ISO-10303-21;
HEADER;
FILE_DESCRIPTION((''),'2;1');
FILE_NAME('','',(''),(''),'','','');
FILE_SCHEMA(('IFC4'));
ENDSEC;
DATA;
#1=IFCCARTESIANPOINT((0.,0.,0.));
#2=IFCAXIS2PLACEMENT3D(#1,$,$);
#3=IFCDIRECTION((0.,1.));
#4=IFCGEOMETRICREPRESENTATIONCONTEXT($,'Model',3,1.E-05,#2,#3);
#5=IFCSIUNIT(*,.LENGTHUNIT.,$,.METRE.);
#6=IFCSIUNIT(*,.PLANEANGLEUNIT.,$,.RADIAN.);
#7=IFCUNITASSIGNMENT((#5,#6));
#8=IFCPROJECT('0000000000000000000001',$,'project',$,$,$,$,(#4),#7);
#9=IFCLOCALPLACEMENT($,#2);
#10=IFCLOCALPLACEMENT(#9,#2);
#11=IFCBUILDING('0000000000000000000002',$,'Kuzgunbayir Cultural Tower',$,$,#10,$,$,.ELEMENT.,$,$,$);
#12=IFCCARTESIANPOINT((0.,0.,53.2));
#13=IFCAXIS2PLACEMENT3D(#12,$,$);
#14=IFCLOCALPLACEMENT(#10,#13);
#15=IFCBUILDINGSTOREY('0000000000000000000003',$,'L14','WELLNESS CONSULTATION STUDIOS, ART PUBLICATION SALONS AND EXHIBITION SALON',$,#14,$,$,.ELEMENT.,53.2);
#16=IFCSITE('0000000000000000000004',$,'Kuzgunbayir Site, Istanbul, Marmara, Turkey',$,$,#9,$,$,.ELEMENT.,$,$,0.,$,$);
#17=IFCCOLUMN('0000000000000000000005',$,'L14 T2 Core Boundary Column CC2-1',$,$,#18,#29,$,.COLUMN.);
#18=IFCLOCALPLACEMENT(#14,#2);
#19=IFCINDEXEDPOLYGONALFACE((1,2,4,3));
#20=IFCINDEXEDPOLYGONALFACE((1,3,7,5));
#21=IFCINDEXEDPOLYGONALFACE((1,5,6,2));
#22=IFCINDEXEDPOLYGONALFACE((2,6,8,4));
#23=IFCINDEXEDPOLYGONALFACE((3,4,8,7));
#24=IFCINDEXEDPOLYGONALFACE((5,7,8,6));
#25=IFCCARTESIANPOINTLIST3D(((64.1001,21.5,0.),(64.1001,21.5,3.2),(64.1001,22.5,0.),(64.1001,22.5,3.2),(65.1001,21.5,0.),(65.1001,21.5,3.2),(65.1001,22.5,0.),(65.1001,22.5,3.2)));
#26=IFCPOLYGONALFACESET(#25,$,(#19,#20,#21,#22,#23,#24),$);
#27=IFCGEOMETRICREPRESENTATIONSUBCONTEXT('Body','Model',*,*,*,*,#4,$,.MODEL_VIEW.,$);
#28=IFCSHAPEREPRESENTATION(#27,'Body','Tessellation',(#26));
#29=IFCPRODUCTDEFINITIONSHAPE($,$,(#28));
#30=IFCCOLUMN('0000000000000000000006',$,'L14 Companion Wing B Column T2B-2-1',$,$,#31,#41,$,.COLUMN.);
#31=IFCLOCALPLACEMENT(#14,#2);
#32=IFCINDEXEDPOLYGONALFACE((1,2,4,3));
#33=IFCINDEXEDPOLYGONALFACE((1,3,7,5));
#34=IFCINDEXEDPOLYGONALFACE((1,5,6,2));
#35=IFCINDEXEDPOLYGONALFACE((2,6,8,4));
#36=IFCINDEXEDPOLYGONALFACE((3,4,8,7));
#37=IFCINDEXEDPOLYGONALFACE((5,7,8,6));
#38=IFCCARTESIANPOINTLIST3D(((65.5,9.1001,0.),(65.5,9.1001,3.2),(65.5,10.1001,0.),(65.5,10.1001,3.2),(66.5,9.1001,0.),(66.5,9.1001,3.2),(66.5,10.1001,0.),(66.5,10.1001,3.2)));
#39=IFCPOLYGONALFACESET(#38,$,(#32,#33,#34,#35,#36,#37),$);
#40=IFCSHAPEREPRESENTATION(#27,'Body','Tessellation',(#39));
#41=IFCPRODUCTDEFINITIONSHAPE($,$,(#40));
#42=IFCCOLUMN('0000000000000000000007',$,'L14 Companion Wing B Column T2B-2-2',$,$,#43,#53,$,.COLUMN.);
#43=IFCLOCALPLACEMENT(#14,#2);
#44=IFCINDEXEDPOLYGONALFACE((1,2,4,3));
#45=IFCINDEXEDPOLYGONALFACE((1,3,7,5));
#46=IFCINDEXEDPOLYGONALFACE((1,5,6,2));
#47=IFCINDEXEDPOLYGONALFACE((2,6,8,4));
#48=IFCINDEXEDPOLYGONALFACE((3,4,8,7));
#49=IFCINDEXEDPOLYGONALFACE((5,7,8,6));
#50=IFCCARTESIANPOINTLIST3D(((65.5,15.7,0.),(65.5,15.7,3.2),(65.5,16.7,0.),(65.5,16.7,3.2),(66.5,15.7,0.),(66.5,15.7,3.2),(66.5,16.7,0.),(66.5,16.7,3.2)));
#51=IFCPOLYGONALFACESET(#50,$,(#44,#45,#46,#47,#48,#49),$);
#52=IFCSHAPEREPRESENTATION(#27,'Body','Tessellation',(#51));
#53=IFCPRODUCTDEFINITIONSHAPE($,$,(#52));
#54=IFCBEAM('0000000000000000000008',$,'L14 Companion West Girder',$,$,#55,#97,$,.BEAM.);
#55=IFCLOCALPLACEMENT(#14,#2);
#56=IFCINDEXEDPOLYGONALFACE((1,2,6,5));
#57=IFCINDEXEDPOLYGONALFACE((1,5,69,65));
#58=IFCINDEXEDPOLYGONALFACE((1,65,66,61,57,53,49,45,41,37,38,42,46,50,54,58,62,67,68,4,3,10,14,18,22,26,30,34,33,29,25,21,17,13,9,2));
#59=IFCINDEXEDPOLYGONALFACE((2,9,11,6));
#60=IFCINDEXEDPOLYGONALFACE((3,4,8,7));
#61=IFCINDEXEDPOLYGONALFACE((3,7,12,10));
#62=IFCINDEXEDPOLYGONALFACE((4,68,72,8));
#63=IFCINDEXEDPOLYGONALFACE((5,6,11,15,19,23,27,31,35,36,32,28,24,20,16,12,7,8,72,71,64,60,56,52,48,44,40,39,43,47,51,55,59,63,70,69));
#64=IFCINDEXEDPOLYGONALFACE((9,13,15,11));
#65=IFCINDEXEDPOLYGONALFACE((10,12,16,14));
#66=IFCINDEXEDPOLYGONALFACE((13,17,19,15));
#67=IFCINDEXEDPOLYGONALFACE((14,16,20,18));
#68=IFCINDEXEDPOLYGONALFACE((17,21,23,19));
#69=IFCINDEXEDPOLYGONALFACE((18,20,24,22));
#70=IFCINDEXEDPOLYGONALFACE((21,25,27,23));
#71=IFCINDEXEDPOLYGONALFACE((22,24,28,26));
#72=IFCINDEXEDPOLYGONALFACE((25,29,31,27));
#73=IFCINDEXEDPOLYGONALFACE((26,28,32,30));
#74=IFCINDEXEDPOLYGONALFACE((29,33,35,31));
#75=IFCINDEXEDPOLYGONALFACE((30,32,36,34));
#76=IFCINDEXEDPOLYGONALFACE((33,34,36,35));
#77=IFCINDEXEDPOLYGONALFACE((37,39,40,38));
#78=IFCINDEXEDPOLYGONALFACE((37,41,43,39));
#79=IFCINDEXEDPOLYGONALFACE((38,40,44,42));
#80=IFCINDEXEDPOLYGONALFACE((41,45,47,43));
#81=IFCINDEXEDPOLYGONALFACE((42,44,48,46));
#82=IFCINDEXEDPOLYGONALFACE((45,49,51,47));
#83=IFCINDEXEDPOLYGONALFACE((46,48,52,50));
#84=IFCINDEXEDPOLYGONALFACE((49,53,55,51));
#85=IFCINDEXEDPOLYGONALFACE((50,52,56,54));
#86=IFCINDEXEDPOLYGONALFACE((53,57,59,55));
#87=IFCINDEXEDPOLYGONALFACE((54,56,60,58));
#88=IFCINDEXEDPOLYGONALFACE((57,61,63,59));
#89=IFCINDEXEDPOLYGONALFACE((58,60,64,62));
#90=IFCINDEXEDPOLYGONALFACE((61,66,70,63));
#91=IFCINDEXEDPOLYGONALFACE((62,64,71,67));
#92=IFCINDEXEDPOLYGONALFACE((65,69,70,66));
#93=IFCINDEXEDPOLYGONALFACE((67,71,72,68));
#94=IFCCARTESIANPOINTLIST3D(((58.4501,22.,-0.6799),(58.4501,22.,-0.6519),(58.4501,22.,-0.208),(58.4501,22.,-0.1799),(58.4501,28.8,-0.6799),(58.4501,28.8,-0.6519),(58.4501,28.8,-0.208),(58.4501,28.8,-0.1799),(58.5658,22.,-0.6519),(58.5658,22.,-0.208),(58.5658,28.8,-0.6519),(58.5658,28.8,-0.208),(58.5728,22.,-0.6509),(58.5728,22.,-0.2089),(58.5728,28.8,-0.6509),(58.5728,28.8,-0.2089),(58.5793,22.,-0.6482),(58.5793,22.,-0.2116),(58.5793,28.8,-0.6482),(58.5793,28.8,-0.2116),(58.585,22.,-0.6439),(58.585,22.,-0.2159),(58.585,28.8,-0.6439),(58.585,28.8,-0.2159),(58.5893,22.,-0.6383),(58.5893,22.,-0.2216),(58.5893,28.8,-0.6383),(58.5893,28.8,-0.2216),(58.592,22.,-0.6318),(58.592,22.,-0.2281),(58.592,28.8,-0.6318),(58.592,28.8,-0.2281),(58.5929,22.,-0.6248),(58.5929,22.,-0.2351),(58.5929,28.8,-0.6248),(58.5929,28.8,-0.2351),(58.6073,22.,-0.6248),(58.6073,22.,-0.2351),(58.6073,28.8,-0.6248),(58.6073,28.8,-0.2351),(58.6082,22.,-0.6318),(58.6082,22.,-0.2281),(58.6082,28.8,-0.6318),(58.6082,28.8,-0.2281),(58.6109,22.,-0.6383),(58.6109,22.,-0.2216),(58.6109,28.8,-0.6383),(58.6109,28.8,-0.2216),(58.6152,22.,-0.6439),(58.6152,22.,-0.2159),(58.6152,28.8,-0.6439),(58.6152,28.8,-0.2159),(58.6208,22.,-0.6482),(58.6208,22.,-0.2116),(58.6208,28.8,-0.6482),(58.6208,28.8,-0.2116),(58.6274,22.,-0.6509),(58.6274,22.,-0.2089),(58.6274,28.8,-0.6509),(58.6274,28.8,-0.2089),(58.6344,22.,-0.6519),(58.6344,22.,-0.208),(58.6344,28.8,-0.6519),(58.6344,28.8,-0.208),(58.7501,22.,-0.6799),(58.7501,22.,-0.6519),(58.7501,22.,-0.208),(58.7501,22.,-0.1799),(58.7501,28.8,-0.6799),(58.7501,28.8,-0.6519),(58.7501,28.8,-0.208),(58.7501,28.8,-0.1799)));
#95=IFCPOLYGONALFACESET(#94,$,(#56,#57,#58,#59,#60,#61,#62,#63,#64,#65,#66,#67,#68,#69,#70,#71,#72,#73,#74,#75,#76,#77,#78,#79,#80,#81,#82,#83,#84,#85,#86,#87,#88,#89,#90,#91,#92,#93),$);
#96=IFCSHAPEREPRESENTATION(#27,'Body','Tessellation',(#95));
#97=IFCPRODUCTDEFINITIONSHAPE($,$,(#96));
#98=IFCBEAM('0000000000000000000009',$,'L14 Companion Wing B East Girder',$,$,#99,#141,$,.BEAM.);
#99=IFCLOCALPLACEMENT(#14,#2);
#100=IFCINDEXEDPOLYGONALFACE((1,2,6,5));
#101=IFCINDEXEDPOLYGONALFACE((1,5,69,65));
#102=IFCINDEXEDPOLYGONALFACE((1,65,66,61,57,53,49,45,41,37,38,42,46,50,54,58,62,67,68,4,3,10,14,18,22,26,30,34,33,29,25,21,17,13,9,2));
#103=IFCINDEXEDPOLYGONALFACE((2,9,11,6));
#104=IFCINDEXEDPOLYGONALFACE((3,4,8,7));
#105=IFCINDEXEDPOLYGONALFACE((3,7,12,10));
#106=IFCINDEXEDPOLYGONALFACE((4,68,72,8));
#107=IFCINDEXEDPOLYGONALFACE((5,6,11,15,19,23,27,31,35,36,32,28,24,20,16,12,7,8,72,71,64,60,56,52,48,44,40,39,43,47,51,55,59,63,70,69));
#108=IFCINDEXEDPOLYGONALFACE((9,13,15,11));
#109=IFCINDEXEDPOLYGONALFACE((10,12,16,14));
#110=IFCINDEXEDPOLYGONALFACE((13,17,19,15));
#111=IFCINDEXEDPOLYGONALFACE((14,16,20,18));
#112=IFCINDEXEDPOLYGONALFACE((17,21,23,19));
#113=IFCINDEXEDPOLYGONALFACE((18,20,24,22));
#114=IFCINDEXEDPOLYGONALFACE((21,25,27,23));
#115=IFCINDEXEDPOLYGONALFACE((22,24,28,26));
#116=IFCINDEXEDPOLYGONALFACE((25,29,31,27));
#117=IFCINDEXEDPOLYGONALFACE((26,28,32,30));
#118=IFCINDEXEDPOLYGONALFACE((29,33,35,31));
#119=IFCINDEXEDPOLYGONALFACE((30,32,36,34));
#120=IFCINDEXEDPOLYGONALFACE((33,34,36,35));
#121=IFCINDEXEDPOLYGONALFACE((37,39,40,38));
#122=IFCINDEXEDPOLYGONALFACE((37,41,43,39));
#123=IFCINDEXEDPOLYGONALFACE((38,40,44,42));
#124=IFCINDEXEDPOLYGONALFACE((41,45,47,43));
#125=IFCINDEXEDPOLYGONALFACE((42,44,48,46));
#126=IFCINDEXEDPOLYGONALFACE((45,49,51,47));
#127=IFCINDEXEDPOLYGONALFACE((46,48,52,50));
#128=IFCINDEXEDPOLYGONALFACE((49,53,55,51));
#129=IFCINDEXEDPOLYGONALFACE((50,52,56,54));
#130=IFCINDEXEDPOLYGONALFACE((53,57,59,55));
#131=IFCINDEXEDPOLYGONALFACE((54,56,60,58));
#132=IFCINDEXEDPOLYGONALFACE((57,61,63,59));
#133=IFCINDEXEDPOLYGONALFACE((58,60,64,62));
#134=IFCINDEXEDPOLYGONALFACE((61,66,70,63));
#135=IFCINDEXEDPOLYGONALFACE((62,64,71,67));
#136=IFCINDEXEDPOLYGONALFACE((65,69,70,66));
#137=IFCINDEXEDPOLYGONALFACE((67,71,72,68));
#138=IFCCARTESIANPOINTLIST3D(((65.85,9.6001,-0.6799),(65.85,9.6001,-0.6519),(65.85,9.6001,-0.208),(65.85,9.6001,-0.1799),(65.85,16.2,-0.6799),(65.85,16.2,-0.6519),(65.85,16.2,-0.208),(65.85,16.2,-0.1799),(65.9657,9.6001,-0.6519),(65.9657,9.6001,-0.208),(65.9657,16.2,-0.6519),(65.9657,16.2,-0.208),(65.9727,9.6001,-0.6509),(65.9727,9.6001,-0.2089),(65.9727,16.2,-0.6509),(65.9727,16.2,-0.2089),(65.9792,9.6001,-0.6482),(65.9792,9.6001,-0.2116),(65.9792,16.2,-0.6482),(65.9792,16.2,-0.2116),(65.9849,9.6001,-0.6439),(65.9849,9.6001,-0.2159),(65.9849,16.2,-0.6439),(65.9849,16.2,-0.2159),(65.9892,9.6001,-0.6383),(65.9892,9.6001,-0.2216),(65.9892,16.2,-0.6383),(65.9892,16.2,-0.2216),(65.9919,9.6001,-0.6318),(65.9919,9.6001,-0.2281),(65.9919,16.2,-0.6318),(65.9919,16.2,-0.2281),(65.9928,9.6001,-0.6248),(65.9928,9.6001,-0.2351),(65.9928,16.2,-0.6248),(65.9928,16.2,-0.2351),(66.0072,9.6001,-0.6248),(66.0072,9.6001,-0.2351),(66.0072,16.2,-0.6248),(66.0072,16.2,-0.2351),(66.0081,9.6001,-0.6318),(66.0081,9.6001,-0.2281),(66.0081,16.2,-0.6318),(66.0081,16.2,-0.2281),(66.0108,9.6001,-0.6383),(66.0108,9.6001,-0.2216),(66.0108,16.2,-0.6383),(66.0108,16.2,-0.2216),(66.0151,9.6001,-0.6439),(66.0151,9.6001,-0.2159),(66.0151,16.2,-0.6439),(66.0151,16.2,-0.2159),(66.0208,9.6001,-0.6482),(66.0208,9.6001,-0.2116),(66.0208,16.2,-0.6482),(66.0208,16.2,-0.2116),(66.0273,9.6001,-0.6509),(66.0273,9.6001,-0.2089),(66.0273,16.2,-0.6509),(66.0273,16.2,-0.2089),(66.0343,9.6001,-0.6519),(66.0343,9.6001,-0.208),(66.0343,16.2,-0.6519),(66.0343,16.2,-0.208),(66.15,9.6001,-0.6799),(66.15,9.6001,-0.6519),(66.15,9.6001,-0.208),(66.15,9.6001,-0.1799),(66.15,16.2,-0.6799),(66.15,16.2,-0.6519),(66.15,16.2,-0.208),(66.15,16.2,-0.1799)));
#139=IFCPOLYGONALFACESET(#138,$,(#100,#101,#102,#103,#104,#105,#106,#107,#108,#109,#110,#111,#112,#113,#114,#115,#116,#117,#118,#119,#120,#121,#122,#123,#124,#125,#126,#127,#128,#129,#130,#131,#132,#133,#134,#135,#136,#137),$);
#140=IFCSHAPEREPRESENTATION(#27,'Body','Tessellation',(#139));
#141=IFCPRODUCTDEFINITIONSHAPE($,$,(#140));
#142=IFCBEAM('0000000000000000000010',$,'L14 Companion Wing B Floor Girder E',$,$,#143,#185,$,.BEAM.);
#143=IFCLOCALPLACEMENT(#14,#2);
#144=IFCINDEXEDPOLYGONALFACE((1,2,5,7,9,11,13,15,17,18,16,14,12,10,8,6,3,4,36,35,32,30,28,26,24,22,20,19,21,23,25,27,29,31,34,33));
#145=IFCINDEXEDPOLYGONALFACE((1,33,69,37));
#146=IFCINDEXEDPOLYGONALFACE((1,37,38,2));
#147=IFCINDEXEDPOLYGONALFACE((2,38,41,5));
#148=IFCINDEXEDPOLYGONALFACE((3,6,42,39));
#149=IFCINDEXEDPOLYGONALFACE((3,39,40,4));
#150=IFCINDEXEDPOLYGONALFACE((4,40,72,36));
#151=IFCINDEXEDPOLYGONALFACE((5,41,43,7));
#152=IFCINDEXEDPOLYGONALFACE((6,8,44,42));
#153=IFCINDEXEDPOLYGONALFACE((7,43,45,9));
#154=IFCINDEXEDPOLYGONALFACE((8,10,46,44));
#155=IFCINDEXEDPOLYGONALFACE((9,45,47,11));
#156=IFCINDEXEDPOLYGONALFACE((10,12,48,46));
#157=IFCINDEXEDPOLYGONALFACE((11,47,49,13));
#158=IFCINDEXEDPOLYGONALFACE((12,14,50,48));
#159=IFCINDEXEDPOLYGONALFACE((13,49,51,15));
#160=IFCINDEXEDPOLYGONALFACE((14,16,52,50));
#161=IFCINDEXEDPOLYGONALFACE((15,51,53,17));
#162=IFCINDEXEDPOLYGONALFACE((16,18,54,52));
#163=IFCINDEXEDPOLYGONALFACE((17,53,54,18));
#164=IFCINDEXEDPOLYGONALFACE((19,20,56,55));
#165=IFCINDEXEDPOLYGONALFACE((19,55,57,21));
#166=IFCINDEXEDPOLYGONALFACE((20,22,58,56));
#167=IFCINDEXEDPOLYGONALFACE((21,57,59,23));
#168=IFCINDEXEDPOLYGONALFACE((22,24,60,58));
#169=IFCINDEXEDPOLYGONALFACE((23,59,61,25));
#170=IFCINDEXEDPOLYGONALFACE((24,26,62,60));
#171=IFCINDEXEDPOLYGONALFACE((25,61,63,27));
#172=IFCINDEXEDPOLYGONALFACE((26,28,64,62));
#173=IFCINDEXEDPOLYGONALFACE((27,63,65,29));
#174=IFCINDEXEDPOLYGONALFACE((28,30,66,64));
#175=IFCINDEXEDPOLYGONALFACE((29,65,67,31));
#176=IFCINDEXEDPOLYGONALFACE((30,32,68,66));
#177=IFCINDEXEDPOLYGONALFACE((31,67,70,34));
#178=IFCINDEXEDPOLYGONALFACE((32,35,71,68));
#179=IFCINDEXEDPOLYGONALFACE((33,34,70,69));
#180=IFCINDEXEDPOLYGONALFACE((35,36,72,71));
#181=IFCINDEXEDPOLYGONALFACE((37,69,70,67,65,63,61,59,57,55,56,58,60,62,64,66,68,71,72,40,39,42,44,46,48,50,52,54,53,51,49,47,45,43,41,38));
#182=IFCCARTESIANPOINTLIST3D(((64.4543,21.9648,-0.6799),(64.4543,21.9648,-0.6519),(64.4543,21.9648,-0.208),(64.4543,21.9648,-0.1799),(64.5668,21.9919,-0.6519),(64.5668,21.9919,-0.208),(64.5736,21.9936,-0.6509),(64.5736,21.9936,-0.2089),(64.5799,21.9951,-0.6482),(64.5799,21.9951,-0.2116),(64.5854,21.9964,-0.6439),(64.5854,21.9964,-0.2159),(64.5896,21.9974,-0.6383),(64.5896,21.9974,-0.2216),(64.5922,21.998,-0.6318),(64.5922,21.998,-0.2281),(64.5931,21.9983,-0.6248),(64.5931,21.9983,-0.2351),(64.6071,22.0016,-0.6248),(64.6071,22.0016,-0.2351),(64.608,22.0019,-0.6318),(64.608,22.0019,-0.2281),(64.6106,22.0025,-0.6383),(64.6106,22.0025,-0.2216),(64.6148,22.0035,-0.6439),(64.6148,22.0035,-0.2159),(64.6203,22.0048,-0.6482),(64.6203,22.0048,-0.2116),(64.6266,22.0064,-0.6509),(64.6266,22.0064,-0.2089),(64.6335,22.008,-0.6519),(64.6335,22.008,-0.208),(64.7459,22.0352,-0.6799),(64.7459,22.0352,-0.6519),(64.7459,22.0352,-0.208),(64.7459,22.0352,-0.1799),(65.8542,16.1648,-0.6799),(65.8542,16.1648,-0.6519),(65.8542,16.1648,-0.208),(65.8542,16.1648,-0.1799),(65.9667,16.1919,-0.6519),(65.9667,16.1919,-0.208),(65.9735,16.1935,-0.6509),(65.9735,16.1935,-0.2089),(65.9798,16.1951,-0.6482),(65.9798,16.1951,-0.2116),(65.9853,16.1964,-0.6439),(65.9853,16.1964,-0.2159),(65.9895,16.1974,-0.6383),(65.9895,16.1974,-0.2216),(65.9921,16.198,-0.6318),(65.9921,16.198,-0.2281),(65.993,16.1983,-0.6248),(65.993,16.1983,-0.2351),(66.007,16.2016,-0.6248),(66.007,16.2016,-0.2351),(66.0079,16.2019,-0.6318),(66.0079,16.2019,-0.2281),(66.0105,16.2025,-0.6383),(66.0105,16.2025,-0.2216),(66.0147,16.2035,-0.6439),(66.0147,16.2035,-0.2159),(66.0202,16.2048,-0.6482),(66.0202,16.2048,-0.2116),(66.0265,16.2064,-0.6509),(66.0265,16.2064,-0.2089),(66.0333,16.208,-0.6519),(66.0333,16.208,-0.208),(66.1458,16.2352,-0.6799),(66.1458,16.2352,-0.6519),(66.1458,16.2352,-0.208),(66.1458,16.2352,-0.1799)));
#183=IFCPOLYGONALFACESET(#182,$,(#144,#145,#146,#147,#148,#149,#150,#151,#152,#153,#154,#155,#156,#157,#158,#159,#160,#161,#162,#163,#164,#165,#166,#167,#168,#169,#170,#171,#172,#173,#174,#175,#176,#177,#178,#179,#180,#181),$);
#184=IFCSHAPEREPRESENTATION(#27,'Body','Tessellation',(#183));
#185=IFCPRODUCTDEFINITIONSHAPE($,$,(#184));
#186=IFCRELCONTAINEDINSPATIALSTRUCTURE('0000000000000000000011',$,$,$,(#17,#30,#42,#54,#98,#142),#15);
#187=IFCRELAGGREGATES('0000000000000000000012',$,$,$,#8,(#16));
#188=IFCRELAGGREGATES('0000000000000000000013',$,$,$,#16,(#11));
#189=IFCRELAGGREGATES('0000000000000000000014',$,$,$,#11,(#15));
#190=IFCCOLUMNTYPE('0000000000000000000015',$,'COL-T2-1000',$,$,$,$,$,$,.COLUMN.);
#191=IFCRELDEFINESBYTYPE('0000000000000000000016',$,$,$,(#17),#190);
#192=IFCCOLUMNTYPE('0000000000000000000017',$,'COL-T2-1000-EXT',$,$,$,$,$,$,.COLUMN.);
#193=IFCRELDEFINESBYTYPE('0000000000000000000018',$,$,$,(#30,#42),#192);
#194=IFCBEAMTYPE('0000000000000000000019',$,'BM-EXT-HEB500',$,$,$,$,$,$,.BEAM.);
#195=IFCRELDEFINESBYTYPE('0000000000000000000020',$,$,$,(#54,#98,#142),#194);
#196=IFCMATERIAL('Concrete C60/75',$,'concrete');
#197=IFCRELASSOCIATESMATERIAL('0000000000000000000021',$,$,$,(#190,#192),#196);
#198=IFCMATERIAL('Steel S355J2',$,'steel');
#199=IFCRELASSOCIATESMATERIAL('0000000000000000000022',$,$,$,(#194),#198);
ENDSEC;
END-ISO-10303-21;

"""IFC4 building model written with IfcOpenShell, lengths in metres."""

from ifc_helpers import new_model, si_unit, direction, frame, origin, origin_2d, place, context, subcontext, project, spatial, rectangle, i_section, extrude, material, material_profile, profile_set, type_object, element, save


model = new_model("IFC4")

# Units and contexts
model_context = context("Model", 3, precision=1e-05, world=origin(), true_north=direction((0.0, 1.0)))
body_context = subcontext(model_context, "Body", "Model", "MODEL_VIEW")
ifc_project = project(units=[si_unit("LENGTHUNIT", "METRE"), si_unit("PLANEANGLEUNIT", "RADIAN")], contexts=[model_context])

# Site, building, storey
site_placement = place(None, origin())
site = spatial("IfcSite", under=ifc_project, at=site_placement, Name="Kuzgunbayir Site, Istanbul, Marmara, Turkey", CompositionType="ELEMENT", RefElevation=0.0)
building_placement = place(site_placement, origin())
building = spatial("IfcBuilding", under=site, at=building_placement, Name="Kuzgunbayir Cultural Tower", CompositionType="ELEMENT")
storey_placement = place(building_placement, frame((0.0, 0.0, 53.2)))
storey = spatial("IfcBuildingStorey", under=building, at=storey_placement, Name="L14", Description="WELLNESS CONSULTATION STUDIOS, ART PUBLICATION SALONS AND EXHIBITION SALON", CompositionType="ELEMENT", Elevation=53.2)

# Columns
ifc_material_1 = material(Name="Concrete C60/75", Category="concrete")
ifc_material_profile_1 = material_profile(ifc_material_1, rectangle(XDim=1.0, YDim=1.0, at=origin_2d()), Name="RC 1000x1000")
ifc_profile_set_1 = profile_set([ifc_material_profile_1], Name="Concrete C60/75")
column_type_1 = type_object("IfcColumnType", Name="COL-T2-1000", PredefinedType="COLUMN", material=ifc_profile_set_1)
column_placement = place(storey_placement, frame((64.6001, 22.0, 0.0), z_axis=(0.0, 0.0, 1.0), x_axis=(1.0, 0.0, 0.0)))
element("IfcColumn", 1, at=column_placement, inside=storey, type_object=column_type_1, Name="L14 T2 Core Boundary Column CC2-1", PredefinedType="COLUMN", context=body_context, shape_type="SweptSolid", body=[
    extrude(rectangle(XDim=1.0, YDim=1.0, at=origin_2d()), origin(), (0.0, 0.0, 1.0), 3.2),
])
ifc_material_profile_2 = material_profile(ifc_material_1, rectangle(XDim=1.0, YDim=1.0, at=origin_2d()), Name="RC 1000x1000")
ifc_profile_set_2 = profile_set([ifc_material_profile_2], Name="Concrete C60/75")
column_type_2 = type_object("IfcColumnType", Name="COL-T2-1000-EXT", PredefinedType="COLUMN", material=ifc_profile_set_2)
for number, where, z_axis, x_axis, name in (
    (2, (66.0, 9.6001, 0.0), (0.0, 0.0, 1.0), (1.0, 0.0, 0.0), "L14 Companion Wing B Column T2B-2-1"),
    (3, (66.0, 16.2, 0.0), (0.0, 0.0, 1.0), (1.0, 0.0, 0.0), "L14 Companion Wing B Column T2B-2-2"),
):
    element("IfcColumn", number, at=place(storey_placement, frame(where, z_axis=z_axis, x_axis=x_axis)), inside=storey, type_object=column_type_2, Name=name, PredefinedType="COLUMN", context=body_context, shape_type="SweptSolid", body=[
        extrude(rectangle(XDim=1.0, YDim=1.0, at=origin_2d()), origin(), (0.0, 0.0, 1.0), 3.2),
    ])

# Beams
ifc_material_2 = material(Name="Steel S355J2", Category="steel")
ifc_material_profile_3 = material_profile(ifc_material_2, i_section(OverallWidth=0.3, OverallDepth=0.5, WebThickness=0.0144, FlangeThickness=0.0281, FilletRadius=0.0271, at=origin_2d()), Name="HEB 500")
ifc_profile_set_3 = profile_set([ifc_material_profile_3], Name="Steel S355J2")
beam_type_1 = type_object("IfcBeamType", Name="BM-EXT-HEB500", PredefinedType="BEAM", material=ifc_profile_set_3)
beam_1_placement = place(storey_placement, frame((58.6001, 22.0, -0.4299), z_axis=(0.0, 1.0, 0.0), x_axis=(-1.0, 0.0, 0.0)))
element("IfcBeam", 4, at=beam_1_placement, inside=storey, type_object=beam_type_1, Name="L14 Companion West Girder", PredefinedType="BEAM", context=body_context, shape_type="SweptSolid", body=[
    extrude(i_section(OverallWidth=0.3, OverallDepth=0.5, WebThickness=0.0144, FlangeThickness=0.0281, FilletRadius=0.0271, at=origin_2d()), origin(), (0.0, 0.0, 1.0), 6.8),
])
beam_2_placement = place(storey_placement, frame((66.0, 9.6001, -0.4299), z_axis=(0.0, 1.0, 0.0), x_axis=(-1.0, 0.0, 0.0)))
element("IfcBeam", 5, at=beam_2_placement, inside=storey, type_object=beam_type_1, Name="L14 Companion Wing B East Girder", PredefinedType="BEAM", context=body_context, shape_type="SweptSolid", body=[
    extrude(i_section(OverallWidth=0.3, OverallDepth=0.5, WebThickness=0.0144, FlangeThickness=0.0281, FilletRadius=0.0271, at=origin_2d()), origin(), (0.0, 0.0, 1.0), 6.5999),
])
beam_3_placement = place(storey_placement, frame((66.0, 16.2, -0.4299), z_axis=(-0.234623, 0.972086, 0.0), x_axis=(-0.972086, -0.234623, 0.0)))
element("IfcBeam", 6, at=beam_3_placement, inside=storey, type_object=beam_type_1, Name="L14 Companion Wing B Floor Girder E", PredefinedType="BEAM", context=body_context, shape_type="SweptSolid", body=[
    extrude(i_section(OverallWidth=0.3, OverallDepth=0.5, WebThickness=0.0144, FlangeThickness=0.0281, FilletRadius=0.0271, at=origin_2d()), origin(), (0.0, 0.0, 1.0), 5.9666),
])

save(model, "model.ifc")
